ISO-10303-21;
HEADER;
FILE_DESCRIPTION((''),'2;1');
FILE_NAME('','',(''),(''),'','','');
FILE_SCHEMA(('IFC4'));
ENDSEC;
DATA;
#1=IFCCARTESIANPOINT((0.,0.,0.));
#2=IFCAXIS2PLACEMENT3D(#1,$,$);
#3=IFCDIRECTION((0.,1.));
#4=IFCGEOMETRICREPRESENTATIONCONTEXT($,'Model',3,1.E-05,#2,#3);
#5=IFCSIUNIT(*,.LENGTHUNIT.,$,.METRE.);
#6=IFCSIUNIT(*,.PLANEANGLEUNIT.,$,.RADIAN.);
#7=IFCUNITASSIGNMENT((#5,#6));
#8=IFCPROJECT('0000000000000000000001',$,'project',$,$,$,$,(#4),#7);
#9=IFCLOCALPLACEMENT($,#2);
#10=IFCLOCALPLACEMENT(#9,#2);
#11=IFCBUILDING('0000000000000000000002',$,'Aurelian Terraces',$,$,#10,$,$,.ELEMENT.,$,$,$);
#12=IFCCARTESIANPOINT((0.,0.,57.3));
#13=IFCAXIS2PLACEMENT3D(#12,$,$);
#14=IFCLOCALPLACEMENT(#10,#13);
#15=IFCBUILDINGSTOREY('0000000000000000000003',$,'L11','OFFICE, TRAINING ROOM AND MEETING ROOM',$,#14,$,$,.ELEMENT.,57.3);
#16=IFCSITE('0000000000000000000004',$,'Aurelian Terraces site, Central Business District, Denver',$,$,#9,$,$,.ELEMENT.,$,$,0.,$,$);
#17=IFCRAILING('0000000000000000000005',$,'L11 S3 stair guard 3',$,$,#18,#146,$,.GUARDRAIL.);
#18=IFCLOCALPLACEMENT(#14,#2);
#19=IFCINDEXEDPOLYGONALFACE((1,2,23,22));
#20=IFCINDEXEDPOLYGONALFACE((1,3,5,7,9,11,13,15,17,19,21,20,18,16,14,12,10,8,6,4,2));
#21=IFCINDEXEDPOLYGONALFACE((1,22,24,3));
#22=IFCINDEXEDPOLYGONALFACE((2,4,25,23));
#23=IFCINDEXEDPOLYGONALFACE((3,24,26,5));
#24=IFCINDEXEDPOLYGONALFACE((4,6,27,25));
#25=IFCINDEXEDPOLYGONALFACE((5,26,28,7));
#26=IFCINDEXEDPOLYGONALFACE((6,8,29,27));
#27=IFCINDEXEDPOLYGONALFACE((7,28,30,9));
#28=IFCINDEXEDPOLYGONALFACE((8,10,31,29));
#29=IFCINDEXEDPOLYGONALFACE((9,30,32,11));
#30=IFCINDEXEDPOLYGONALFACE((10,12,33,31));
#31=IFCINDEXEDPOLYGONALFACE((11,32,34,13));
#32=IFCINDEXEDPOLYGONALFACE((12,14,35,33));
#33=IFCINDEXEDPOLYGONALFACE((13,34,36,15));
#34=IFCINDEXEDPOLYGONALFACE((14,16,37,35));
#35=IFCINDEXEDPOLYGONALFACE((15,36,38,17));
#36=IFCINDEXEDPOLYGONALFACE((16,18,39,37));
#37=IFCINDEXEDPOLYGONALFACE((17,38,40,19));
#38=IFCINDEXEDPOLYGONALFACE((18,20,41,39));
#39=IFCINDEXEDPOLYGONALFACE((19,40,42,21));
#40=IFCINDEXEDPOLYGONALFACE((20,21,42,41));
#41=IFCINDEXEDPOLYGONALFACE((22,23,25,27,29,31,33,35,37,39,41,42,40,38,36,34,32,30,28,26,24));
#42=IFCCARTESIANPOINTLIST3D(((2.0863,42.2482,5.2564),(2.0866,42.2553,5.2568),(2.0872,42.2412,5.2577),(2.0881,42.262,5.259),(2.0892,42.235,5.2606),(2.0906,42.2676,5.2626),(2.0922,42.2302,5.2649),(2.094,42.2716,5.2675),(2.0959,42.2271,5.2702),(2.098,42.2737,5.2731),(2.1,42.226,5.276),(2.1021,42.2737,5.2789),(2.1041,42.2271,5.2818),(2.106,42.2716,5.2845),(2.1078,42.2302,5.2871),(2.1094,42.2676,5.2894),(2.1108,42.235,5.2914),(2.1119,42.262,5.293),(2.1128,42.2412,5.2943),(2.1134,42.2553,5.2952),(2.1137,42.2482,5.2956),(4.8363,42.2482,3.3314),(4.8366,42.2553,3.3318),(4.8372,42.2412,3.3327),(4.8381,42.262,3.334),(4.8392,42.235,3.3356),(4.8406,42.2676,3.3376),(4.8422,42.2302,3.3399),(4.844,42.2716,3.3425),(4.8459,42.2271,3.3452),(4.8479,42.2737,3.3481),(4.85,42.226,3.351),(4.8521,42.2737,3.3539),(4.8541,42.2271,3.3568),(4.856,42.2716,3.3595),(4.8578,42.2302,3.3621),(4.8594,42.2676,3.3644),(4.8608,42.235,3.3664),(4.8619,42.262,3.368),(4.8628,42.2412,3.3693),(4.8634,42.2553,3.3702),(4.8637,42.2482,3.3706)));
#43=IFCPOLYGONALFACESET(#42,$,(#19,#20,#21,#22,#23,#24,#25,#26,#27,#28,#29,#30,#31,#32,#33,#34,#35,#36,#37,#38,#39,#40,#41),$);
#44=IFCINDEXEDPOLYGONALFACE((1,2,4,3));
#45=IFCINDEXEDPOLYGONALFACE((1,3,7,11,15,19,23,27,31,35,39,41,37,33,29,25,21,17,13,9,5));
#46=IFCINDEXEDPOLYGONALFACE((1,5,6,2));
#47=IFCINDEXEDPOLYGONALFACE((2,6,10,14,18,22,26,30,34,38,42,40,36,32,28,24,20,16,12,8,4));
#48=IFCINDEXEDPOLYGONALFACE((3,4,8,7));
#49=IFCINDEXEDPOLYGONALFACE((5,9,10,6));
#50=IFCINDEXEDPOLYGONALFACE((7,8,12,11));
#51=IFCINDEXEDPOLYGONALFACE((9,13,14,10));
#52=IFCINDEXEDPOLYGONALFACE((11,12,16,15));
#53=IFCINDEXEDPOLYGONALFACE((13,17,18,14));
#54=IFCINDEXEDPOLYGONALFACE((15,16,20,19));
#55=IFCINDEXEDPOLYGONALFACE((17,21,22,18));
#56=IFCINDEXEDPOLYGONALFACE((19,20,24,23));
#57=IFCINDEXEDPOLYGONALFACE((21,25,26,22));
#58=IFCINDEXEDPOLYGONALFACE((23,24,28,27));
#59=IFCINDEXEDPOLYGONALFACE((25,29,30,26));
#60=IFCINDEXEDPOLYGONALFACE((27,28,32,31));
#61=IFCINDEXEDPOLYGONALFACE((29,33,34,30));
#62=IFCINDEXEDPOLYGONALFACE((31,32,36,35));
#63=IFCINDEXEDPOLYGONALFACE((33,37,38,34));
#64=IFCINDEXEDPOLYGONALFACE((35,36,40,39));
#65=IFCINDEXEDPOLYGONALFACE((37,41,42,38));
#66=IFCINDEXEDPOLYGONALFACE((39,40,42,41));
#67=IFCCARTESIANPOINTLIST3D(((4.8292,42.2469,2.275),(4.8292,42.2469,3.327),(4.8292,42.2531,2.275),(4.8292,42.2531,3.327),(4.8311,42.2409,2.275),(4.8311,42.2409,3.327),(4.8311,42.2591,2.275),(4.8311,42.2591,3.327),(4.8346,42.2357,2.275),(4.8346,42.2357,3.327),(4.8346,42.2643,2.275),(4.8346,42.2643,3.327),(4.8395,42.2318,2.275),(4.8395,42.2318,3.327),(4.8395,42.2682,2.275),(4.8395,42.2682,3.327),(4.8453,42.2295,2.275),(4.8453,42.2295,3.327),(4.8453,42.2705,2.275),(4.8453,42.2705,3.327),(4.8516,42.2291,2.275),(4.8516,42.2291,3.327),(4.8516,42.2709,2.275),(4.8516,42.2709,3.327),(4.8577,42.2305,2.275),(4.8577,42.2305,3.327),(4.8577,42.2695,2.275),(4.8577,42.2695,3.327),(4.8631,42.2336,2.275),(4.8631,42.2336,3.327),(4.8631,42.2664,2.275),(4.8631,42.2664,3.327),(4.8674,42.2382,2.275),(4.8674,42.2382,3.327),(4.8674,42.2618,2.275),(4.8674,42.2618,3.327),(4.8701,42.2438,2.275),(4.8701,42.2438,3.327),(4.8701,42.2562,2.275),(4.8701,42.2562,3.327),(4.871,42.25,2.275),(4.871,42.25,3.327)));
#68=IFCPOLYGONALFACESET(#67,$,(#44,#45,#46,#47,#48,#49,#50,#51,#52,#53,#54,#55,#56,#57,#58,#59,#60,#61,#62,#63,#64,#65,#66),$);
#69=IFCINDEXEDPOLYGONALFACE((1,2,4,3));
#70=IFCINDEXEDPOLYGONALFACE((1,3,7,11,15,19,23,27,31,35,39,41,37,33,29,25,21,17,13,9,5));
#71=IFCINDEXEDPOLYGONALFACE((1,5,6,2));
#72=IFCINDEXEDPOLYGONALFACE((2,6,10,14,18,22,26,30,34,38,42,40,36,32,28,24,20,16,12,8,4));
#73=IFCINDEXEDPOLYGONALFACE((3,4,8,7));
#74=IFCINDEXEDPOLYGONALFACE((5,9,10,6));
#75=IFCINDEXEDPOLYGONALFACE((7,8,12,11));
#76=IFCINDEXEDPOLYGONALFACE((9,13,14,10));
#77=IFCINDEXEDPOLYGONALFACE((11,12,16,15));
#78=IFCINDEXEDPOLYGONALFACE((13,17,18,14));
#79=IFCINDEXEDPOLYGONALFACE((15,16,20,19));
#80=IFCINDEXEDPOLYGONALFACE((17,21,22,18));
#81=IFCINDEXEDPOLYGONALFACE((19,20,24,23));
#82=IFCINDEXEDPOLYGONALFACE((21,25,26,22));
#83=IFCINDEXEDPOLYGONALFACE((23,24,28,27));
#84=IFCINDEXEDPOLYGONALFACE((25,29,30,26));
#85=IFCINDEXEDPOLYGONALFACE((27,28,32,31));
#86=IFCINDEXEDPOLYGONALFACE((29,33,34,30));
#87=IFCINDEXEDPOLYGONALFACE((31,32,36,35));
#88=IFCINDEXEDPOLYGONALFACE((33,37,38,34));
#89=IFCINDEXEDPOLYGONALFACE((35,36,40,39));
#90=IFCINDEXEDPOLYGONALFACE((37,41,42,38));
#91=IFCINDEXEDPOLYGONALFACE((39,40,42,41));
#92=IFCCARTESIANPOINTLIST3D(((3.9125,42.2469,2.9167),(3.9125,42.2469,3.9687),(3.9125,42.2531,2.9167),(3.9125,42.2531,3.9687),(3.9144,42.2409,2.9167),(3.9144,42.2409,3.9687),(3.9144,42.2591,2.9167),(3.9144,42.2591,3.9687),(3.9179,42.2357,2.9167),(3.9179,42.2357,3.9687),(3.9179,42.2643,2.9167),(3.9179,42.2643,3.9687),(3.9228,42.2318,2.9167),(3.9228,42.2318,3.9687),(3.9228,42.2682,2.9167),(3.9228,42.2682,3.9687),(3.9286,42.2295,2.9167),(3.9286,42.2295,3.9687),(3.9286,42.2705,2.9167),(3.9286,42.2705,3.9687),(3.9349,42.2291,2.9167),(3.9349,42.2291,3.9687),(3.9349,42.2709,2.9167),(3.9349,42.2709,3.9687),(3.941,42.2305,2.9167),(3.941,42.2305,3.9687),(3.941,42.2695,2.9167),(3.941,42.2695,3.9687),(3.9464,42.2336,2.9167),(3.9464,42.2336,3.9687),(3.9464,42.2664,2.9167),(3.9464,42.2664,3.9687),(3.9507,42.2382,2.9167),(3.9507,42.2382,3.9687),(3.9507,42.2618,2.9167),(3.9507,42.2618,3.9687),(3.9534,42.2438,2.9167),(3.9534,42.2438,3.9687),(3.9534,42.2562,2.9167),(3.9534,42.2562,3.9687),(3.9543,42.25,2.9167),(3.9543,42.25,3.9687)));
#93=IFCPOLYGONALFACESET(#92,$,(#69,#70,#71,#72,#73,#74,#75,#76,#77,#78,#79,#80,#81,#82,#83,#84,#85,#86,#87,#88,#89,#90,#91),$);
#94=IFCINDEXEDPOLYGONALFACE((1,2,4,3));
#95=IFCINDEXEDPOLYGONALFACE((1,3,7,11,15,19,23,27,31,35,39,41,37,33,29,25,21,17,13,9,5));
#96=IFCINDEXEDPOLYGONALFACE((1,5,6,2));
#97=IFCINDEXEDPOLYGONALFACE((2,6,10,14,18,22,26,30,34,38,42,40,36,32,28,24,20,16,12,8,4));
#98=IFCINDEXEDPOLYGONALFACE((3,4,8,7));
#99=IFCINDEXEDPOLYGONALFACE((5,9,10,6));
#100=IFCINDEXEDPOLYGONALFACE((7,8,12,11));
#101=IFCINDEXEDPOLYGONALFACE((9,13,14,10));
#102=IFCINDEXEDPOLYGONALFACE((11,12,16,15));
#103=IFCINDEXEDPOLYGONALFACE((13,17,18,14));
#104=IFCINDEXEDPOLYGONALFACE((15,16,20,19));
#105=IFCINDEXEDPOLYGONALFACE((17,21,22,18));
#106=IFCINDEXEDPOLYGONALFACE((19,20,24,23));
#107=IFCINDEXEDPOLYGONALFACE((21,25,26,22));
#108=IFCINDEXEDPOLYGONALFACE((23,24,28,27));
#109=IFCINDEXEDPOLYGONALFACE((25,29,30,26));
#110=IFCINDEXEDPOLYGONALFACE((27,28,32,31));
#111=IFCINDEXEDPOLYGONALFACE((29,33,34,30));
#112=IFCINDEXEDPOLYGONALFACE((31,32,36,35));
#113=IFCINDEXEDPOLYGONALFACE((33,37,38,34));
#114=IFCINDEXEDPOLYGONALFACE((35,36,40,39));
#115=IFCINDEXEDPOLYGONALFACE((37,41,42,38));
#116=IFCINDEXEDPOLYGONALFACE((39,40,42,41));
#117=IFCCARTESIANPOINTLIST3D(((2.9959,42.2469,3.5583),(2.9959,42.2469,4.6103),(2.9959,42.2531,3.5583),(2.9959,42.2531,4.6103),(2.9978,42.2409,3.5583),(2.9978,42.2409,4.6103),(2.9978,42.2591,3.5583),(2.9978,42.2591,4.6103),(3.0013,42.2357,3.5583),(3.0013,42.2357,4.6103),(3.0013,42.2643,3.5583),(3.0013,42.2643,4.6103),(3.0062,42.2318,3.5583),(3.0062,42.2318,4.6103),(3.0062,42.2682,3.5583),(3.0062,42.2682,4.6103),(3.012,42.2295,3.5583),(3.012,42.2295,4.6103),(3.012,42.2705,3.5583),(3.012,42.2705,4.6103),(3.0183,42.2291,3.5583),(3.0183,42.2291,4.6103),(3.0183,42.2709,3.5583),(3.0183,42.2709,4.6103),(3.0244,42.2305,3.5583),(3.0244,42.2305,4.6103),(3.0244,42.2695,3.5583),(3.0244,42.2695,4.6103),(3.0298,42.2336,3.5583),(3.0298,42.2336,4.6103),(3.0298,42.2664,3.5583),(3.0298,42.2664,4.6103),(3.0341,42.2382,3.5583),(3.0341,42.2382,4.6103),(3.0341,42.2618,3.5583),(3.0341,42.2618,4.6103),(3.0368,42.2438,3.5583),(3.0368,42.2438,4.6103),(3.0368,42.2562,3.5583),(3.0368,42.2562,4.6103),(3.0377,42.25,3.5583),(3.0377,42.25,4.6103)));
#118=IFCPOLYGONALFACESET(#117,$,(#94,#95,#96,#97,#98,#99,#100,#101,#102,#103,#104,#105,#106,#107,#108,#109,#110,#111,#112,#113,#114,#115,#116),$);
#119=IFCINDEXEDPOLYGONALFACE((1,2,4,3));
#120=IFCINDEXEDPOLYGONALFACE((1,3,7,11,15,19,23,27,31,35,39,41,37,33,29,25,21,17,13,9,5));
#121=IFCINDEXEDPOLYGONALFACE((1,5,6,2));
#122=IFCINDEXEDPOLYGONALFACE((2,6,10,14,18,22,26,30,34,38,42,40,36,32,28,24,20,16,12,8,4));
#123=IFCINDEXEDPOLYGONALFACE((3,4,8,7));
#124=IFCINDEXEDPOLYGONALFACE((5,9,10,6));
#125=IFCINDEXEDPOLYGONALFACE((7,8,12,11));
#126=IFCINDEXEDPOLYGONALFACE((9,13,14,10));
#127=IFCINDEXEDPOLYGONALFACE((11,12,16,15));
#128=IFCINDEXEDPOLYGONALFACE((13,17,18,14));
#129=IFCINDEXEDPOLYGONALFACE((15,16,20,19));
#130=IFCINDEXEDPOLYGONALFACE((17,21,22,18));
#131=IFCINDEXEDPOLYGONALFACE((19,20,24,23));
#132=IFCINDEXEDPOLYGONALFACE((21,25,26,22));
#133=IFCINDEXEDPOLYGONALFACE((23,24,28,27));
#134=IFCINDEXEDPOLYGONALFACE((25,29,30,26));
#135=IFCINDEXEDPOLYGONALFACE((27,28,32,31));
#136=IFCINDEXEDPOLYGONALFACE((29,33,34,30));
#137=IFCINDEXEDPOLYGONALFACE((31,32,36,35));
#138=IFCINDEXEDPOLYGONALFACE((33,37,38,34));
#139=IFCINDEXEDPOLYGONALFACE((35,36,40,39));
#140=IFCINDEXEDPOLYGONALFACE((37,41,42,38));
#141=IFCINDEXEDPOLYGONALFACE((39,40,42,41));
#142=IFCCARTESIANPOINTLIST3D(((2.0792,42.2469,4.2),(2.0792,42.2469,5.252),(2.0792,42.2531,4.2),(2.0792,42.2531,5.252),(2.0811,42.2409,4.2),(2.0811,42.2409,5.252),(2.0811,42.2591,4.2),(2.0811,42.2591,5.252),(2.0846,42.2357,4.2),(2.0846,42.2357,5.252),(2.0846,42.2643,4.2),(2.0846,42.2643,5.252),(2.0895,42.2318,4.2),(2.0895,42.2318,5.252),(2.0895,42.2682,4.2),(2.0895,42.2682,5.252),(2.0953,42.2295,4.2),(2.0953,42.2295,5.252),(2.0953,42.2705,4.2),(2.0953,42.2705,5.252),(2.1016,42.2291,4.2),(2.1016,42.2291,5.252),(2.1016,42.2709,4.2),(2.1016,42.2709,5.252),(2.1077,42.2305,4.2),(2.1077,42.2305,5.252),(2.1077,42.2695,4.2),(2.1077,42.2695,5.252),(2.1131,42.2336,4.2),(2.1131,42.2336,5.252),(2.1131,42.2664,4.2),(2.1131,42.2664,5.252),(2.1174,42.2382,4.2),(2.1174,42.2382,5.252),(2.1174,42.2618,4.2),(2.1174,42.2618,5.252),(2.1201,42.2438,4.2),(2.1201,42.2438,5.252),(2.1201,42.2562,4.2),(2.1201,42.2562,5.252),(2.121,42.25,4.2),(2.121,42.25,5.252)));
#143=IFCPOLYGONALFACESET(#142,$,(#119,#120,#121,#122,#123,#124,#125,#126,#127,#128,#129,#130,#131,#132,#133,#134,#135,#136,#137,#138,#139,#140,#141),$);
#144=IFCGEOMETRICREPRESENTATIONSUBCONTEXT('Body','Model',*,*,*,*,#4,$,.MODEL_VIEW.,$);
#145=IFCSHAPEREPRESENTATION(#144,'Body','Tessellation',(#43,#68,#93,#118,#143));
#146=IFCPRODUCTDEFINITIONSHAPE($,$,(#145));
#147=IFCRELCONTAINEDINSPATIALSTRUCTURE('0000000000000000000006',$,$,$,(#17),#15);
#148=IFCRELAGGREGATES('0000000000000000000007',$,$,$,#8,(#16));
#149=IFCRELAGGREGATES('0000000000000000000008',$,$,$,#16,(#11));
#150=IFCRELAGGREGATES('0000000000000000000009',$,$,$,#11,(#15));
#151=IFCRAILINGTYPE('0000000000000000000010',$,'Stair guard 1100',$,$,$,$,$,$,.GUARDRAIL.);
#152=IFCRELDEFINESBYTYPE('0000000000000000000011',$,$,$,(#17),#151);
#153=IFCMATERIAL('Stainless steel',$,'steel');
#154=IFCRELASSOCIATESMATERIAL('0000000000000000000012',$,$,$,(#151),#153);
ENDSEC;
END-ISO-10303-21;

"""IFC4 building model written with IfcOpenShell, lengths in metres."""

from ifc_helpers import new_model, si_unit, direction, frame, origin, origin_2d, place, context, subcontext, project, spatial, circle, extrude, source, transform, mapped, material, type_object, element, save


model = new_model("IFC4")

# Units and contexts
model_context = context("Model", 3, precision=1e-05, world=origin(), true_north=direction((0.0, 1.0)))
body_context = subcontext(model_context, "Body", "Model", "MODEL_VIEW")
ifc_project = project(units=[si_unit("LENGTHUNIT", "METRE"), si_unit("PLANEANGLEUNIT", "RADIAN")], contexts=[model_context])

# Site, building, storey
site_placement = place(None, origin())
site = spatial("IfcSite", under=ifc_project, at=site_placement, Name="Aurelian Terraces site, Central Business District, Denver", CompositionType="ELEMENT", RefElevation=0.0)
building_placement = place(site_placement, origin())
building = spatial("IfcBuilding", under=site, at=building_placement, Name="Aurelian Terraces", CompositionType="ELEMENT")
storey_placement = place(building_placement, frame((0.0, 0.0, 57.3)))
storey = spatial("IfcBuildingStorey", under=building, at=storey_placement, Name="L11", Description="OFFICE, TRAINING ROOM AND MEETING ROOM", CompositionType="ELEMENT", Elevation=57.3)

# Railing
ifc_material_1 = material(Name="Stainless steel", Category="steel")
railing_type_1 = type_object("IfcRailingType", Name="Stair guard 1100", PredefinedType="GUARDRAIL", material=ifc_material_1)
shared_shape_1 = source(origin(), body_context, "Body", "SweptSolid", [
    extrude(circle(Radius=0.024, at=origin_2d()), frame((0.0, 0.0, 1.076), z_axis=(-0.819232, 0.0, 0.573462), x_axis=(0.0, -1.0, 0.0)), (0.0, 0.0, 1.0), 3.3568),
    extrude(circle(Radius=0.021, at=origin_2d()), origin(), (0.0, 0.0, 1.0), 1.052),
    extrude(circle(Radius=0.021, at=origin_2d()), frame((-0.9167, 0.0, 0.6417)), (0.0, 0.0, 1.0), 1.052),
    extrude(circle(Radius=0.021, at=origin_2d()), frame((-1.8333, 0.0, 1.2833)), (0.0, 0.0, 1.0), 1.052),
    extrude(circle(Radius=0.021, at=origin_2d()), frame((-2.75, 0.0, 1.925)), (0.0, 0.0, 1.0), 1.052),
])
railing_1_placement = place(storey_placement, frame((4.85, 42.25, 2.275)))
element("IfcRailing", 1, at=railing_1_placement, inside=storey, type_object=railing_type_1, Name="L11 S3 stair guard 3", PredefinedType="GUARDRAIL", context=body_context, shape_type="MappedRepresentation", body=[
    mapped(shared_shape_1, transform((0.0, 0.0, 0.0), scale=1.0)),
])

save(model, "model.ifc")
